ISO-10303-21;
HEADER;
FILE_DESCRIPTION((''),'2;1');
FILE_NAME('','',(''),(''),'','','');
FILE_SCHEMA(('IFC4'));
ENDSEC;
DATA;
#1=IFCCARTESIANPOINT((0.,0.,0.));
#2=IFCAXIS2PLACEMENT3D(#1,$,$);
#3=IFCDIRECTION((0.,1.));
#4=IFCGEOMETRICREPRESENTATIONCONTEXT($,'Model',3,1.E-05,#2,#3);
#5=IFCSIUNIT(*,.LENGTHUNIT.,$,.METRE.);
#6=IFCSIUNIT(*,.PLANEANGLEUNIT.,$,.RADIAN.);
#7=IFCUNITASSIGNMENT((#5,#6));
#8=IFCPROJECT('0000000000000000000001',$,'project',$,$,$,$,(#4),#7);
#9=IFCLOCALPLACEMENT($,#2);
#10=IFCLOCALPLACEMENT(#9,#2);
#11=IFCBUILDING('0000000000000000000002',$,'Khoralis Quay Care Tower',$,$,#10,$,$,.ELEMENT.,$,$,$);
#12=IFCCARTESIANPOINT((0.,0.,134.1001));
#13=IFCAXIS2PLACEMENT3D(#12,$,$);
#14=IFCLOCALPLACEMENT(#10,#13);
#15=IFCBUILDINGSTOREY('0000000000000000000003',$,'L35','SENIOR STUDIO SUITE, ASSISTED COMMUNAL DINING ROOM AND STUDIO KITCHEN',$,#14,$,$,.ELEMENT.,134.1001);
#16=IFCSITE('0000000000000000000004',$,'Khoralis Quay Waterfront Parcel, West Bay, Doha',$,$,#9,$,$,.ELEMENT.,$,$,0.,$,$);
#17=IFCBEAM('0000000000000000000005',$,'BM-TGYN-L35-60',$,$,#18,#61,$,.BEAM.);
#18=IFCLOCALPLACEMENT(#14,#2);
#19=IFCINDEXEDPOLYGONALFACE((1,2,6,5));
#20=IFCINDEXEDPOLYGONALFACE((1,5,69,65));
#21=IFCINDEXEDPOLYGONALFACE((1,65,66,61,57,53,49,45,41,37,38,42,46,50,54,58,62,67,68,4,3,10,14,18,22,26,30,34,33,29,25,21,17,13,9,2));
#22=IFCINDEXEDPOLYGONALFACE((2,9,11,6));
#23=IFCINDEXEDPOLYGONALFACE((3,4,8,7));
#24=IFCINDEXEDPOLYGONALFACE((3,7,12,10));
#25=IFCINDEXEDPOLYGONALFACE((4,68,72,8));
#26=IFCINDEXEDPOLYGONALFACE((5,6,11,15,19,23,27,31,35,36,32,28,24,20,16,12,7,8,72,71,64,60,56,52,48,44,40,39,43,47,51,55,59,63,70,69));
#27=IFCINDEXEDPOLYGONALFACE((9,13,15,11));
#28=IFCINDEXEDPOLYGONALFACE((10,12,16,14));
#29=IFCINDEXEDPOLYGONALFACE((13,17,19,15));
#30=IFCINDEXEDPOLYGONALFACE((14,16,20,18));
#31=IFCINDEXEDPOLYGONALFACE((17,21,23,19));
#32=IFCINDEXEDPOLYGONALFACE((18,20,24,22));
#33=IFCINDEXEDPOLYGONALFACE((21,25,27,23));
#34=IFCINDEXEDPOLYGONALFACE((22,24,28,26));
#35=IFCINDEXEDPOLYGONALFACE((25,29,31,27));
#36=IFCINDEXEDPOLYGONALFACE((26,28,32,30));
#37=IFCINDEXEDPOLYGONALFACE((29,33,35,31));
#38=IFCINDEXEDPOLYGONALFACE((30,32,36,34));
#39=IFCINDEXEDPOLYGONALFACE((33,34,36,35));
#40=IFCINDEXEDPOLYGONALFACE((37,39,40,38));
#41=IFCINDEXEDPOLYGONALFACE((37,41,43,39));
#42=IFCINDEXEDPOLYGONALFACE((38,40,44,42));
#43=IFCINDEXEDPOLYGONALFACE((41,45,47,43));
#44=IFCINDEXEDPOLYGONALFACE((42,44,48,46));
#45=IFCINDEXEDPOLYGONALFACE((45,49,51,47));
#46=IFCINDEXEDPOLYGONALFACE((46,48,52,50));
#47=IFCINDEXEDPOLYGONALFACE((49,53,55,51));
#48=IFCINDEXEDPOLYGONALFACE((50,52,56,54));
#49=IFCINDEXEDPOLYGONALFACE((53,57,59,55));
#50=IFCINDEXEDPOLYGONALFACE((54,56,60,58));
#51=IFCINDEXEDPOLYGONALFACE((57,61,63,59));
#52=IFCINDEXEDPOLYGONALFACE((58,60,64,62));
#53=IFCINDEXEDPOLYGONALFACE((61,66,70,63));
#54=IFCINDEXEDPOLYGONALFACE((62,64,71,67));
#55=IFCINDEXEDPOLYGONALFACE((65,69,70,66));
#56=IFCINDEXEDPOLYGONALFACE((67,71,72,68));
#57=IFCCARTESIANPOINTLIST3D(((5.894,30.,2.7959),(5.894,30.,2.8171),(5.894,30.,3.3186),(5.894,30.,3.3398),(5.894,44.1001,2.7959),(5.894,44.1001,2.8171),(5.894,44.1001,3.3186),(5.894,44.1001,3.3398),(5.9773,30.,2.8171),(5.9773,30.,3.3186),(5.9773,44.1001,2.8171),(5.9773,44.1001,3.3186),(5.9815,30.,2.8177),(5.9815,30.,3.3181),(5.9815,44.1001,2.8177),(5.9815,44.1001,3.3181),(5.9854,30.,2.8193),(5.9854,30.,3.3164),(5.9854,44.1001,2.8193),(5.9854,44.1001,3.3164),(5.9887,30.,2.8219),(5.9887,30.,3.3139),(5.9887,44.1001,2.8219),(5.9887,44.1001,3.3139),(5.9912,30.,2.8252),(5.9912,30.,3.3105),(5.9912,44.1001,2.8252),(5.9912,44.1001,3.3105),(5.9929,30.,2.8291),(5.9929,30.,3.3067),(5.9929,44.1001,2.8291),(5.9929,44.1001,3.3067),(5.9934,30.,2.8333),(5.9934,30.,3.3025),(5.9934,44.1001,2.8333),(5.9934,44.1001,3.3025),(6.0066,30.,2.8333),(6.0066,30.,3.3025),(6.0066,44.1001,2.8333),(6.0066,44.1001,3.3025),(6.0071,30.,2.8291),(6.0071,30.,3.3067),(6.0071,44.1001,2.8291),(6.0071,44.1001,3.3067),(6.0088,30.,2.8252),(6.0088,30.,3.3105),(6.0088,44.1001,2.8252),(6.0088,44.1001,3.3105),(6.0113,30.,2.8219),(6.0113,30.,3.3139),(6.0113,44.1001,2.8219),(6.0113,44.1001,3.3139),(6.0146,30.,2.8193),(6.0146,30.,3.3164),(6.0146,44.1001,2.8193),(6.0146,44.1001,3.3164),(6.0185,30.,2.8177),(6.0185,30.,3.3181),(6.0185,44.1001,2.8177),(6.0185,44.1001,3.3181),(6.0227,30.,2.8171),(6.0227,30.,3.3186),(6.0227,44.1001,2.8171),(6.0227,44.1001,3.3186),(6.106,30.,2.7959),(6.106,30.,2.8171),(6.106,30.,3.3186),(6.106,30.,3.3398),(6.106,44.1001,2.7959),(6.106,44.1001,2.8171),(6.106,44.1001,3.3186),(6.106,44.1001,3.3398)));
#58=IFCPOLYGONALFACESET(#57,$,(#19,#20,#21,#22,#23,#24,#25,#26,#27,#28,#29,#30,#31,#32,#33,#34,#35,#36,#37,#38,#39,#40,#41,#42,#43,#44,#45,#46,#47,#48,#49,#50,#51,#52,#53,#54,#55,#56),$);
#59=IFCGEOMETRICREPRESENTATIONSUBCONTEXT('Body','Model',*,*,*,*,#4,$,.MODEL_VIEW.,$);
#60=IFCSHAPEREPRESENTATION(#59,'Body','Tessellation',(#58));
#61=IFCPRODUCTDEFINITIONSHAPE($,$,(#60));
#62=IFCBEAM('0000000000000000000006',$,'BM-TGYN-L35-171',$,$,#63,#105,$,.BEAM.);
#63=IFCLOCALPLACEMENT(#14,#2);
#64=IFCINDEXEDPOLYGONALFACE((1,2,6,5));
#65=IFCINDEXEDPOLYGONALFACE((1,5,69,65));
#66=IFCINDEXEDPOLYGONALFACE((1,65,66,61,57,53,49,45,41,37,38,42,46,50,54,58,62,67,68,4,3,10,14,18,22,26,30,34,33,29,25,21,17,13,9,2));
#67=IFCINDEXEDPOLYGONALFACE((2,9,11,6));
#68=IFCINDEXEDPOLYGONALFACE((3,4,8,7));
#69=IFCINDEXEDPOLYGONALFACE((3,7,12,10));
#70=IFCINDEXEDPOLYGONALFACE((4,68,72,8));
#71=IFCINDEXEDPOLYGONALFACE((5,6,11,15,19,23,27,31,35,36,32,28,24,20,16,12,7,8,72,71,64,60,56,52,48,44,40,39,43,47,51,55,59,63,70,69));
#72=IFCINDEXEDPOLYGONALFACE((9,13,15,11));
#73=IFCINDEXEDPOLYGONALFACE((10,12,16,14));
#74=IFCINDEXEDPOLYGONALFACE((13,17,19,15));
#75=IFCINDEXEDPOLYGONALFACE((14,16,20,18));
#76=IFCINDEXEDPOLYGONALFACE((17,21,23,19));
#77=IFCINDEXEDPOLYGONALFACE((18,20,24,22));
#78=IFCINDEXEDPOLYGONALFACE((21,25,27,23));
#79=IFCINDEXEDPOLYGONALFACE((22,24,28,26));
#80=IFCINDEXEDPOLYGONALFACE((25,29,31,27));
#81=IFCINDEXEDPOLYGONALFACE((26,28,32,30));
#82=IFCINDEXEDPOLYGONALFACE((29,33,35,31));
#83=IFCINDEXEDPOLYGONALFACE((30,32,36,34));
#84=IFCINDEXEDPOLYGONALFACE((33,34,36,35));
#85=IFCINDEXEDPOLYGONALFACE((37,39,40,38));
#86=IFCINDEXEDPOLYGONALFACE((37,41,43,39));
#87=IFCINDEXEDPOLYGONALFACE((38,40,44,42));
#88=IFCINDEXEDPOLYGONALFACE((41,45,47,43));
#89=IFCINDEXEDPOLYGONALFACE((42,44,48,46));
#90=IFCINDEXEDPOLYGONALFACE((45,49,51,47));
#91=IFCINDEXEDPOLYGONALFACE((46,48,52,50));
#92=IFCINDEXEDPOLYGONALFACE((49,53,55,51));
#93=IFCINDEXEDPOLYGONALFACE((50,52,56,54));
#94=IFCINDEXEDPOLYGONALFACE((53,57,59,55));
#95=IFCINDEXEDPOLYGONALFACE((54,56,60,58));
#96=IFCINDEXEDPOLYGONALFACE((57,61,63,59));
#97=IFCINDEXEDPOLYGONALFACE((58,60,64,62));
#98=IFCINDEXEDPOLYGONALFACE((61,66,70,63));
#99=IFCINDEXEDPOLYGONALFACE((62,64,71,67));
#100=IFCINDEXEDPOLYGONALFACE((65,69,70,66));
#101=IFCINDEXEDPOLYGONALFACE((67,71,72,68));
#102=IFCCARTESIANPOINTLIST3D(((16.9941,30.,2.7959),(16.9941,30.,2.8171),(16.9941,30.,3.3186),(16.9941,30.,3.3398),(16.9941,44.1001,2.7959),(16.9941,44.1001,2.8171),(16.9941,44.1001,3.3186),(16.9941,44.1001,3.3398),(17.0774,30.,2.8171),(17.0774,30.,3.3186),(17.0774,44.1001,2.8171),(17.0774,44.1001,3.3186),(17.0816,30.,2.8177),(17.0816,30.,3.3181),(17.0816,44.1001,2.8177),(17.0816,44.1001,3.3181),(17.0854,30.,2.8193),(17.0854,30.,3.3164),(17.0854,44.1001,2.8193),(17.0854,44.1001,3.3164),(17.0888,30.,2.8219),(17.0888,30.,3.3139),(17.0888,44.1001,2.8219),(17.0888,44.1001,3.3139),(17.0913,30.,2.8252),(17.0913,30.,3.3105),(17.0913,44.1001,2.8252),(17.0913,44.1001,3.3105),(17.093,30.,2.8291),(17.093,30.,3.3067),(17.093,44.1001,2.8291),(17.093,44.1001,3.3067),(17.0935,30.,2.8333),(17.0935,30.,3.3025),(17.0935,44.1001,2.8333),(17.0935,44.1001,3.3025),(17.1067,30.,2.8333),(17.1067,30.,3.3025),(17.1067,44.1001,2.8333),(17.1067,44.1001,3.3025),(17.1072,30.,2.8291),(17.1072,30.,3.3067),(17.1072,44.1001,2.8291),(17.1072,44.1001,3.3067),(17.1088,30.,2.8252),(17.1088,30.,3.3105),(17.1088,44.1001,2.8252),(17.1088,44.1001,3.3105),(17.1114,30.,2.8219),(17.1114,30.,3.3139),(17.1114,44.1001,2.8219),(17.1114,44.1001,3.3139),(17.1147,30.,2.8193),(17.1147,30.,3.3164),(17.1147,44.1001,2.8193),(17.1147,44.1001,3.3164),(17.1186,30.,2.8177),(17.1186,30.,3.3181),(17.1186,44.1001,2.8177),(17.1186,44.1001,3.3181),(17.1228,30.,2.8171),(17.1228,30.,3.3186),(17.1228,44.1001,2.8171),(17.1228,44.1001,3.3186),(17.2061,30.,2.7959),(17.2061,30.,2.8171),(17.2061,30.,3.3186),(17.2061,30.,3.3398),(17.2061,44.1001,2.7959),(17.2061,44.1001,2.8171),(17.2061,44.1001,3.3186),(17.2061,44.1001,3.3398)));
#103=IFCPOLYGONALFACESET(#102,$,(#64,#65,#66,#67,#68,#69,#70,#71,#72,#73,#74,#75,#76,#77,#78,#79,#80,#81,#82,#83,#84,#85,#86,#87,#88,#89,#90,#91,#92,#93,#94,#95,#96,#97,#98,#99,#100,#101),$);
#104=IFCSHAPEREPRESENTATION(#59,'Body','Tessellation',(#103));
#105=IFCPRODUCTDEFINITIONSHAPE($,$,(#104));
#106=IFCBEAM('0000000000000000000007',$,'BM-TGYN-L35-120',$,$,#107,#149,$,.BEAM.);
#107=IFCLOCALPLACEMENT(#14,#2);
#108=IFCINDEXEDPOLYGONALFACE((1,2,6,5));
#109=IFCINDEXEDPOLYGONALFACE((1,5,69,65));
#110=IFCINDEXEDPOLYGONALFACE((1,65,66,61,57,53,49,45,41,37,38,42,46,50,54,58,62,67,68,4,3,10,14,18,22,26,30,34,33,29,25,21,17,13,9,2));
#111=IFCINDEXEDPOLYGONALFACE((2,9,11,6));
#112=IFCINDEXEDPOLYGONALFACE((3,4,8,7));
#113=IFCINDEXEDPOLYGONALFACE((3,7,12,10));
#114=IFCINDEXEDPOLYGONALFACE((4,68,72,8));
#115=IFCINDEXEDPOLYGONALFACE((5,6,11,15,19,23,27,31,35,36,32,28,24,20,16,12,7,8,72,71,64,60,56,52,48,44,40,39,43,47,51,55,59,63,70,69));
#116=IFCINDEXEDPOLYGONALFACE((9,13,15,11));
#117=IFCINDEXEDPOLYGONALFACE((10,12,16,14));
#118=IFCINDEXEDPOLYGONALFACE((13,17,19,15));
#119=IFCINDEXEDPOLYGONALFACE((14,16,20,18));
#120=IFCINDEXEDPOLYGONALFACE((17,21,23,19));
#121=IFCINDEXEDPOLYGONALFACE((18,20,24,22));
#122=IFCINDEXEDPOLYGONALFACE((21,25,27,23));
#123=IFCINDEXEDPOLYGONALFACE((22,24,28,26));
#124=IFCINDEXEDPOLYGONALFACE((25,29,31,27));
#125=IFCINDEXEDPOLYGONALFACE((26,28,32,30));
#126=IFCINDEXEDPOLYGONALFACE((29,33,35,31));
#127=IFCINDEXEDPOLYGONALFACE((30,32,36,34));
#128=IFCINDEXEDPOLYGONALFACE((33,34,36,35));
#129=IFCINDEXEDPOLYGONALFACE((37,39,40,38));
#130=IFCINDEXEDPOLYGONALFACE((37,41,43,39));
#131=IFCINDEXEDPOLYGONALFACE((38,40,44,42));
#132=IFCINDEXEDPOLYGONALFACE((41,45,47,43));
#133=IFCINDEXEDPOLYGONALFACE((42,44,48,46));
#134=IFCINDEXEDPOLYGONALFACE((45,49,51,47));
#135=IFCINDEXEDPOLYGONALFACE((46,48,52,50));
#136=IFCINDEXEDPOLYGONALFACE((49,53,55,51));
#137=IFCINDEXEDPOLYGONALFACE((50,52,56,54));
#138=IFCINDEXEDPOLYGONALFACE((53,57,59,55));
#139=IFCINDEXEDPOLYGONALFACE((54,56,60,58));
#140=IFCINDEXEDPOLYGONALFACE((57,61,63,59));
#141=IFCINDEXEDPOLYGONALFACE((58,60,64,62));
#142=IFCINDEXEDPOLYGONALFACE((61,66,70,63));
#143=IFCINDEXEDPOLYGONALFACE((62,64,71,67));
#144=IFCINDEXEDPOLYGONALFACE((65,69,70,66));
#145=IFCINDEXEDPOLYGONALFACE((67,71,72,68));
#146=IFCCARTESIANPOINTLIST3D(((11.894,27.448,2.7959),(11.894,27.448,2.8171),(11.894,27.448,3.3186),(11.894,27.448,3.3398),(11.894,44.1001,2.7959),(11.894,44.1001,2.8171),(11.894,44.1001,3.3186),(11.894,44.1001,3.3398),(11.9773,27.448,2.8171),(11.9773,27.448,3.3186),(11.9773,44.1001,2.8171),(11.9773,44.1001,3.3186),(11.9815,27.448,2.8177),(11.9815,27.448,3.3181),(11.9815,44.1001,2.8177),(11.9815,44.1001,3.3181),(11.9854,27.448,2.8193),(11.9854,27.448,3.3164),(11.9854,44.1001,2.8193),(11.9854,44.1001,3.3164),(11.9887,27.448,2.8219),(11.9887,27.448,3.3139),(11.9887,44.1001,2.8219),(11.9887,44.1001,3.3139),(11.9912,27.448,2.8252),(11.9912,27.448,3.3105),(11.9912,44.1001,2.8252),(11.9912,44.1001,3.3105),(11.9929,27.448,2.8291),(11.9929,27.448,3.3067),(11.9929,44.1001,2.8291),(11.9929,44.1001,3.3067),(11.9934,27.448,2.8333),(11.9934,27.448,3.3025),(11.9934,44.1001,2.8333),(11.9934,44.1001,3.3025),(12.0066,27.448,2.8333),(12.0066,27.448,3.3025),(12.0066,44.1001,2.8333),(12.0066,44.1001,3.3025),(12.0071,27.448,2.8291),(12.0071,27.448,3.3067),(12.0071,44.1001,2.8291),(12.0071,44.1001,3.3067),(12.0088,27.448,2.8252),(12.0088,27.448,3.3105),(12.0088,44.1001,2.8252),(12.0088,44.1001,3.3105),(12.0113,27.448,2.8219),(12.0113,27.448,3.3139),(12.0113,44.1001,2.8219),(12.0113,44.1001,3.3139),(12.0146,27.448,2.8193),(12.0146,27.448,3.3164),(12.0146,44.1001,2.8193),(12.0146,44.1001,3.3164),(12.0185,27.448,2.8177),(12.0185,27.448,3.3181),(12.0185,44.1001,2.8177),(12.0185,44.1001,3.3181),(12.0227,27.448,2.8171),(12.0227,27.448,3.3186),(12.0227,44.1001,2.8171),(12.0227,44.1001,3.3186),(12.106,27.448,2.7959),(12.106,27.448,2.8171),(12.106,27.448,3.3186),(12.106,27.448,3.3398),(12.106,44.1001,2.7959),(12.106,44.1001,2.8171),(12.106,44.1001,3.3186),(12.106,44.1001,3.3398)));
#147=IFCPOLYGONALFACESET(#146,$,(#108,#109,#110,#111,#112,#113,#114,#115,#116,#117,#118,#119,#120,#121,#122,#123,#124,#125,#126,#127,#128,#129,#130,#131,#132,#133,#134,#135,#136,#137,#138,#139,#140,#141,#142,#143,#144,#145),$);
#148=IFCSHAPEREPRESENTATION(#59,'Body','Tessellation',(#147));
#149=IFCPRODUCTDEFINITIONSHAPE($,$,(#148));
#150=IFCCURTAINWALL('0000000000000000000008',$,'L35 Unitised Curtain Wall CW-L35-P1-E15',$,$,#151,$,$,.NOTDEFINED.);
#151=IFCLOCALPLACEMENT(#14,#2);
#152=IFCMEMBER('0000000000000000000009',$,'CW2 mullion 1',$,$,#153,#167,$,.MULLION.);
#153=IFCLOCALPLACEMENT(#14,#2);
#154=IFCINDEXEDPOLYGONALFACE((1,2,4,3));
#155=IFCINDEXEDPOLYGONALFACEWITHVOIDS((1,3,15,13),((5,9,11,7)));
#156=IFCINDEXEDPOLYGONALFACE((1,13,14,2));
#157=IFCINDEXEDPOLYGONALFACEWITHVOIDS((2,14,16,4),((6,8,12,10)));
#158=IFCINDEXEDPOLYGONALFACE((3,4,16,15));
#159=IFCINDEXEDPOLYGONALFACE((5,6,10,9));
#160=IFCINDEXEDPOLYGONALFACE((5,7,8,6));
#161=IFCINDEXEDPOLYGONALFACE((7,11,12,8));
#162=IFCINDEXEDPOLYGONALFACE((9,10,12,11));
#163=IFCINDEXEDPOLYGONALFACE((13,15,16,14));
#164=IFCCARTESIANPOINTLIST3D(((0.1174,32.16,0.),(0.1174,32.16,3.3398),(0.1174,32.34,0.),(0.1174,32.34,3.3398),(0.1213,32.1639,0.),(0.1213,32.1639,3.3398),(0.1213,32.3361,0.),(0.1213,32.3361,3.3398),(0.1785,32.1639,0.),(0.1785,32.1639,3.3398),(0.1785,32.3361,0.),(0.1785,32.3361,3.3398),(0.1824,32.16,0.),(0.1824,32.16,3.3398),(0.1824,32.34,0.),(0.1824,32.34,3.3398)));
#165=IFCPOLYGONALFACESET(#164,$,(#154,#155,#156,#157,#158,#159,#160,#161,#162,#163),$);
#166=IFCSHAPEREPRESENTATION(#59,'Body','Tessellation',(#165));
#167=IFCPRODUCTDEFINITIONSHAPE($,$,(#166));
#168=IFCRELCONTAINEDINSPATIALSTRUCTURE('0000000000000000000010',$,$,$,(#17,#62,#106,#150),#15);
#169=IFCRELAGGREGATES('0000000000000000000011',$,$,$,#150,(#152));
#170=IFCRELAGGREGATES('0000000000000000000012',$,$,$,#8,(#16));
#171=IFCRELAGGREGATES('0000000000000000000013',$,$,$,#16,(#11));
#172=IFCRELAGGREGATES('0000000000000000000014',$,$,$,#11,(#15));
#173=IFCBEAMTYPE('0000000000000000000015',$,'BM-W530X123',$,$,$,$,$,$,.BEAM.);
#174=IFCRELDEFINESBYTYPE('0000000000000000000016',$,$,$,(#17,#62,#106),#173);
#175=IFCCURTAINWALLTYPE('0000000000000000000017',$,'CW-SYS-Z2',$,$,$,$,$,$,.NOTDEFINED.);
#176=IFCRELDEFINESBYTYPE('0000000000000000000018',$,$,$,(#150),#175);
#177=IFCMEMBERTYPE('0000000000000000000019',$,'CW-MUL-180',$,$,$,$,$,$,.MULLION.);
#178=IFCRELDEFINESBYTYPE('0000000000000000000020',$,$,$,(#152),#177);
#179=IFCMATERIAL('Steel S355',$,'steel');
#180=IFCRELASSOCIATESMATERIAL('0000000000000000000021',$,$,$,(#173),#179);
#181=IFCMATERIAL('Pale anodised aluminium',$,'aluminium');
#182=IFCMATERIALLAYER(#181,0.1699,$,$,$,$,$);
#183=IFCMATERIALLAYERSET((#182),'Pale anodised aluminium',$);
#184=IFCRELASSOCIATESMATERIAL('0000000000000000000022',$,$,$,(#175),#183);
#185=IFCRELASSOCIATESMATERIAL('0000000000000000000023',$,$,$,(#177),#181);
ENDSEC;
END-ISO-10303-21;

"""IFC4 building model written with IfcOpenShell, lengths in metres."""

from ifc_helpers import new_model, si_unit, direction, frame, origin, origin_2d, place, context, subcontext, project, spatial, hollow_rectangle, i_section, extrude, source, transform, mapped, material, layer, layer_set, material_profile, profile_set, type_object, element, aggregate, save


model = new_model("IFC4")

# Units and contexts
model_context = context("Model", 3, precision=1e-05, world=origin(), true_north=direction((0.0, 1.0)))
body_context = subcontext(model_context, "Body", "Model", "MODEL_VIEW")
ifc_project = project(units=[si_unit("LENGTHUNIT", "METRE"), si_unit("PLANEANGLEUNIT", "RADIAN")], contexts=[model_context])

# Site, building, storey
site_placement = place(None, origin())
site = spatial("IfcSite", under=ifc_project, at=site_placement, Name="Khoralis Quay Waterfront Parcel, West Bay, Doha", CompositionType="ELEMENT", RefElevation=0.0)
building_placement = place(site_placement, origin())
building = spatial("IfcBuilding", under=site, at=building_placement, Name="Khoralis Quay Care Tower", CompositionType="ELEMENT")
storey_placement = place(building_placement, frame((0.0, 0.0, 134.1001)))
storey = spatial("IfcBuildingStorey", under=building, at=storey_placement, Name="L35", Description="SENIOR STUDIO SUITE, ASSISTED COMMUNAL DINING ROOM AND STUDIO KITCHEN", CompositionType="ELEMENT", Elevation=134.1001)

# Beams
ifc_material_1 = material(Name="Steel S355", Category="steel")
ifc_material_profile_1 = material_profile(ifc_material_1, i_section(OverallWidth=0.2119, OverallDepth=0.5439, WebThickness=0.0132, FlangeThickness=0.0212, FilletRadius=0.0161, at=origin_2d()), Name="Steel S355")
ifc_profile_set_1 = profile_set([ifc_material_profile_1], Name="Steel S355")
beam_type_1 = type_object("IfcBeamType", Name="BM-W530X123", PredefinedType="BEAM", material=ifc_profile_set_1)
shared_shape_1 = source(origin(), body_context, "Body", "SweptSolid", [
    extrude(i_section(OverallWidth=0.2119, OverallDepth=0.5439, WebThickness=0.0132, FlangeThickness=0.0212, FilletRadius=0.0161, at=origin_2d()), origin(), (0.0, 0.0, 1.0), 14.1001),
])
for number, where, z_axis, x_axis, name in (
    (1, (6.0, 30.0, 3.0679), (0.0, 1.0, 0.0), (-1.0, 0.0, 0.0), "BM-TGYN-L35-60"),
    (2, (17.1001, 30.0, 3.0679), (0.0, 1.0, 0.0), (-1.0, 0.0, 0.0), "BM-TGYN-L35-171"),
):
    element("IfcBeam", number, at=place(storey_placement, frame(where, z_axis=z_axis, x_axis=x_axis)), inside=storey, type_object=beam_type_1, Name=name, PredefinedType="BEAM", context=body_context, shape_type="MappedRepresentation", body=[
        mapped(shared_shape_1, transform((0.0, 0.0, 0.0), scale=1.0)),
    ])
shared_shape_2 = source(origin(), body_context, "Body", "SweptSolid", [
    extrude(i_section(OverallWidth=0.2119, OverallDepth=0.5439, WebThickness=0.0132, FlangeThickness=0.0212, FilletRadius=0.0161, at=origin_2d()), origin(), (0.0, 0.0, 1.0), 16.6521),
])
beam_1_placement = place(storey_placement, frame((12.0, 27.448, 3.0679), z_axis=(0.0, 1.0, 0.0), x_axis=(-1.0, 0.0, 0.0)))
element("IfcBeam", 3, at=beam_1_placement, inside=storey, type_object=beam_type_1, Name="BM-TGYN-L35-120", PredefinedType="BEAM", context=body_context, shape_type="MappedRepresentation", body=[
    mapped(shared_shape_2, transform((0.0, 0.0, 0.0), scale=1.0)),
])

# Curtain wall, member
ifc_material_2 = material(Name="Pale anodised aluminium", Category="aluminium")
ifc_layer_1 = layer(ifc_material_2, 0.1699)
ifc_layer_set_1 = layer_set([ifc_layer_1], Name="Pale anodised aluminium")
curtain_wall_type = type_object("IfcCurtainWallType", Name="CW-SYS-Z2", PredefinedType="NOTDEFINED", material=ifc_layer_set_1)
curtain_wall_placement = place(storey_placement, origin())
curtain_wall = element("IfcCurtainWall", 4, at=curtain_wall_placement, inside=storey, type_object=curtain_wall_type, Name="L35 Unitised Curtain Wall CW-L35-P1-E15", PredefinedType="NOTDEFINED")
ifc_material_profile_2 = material_profile(ifc_material_2, hollow_rectangle(XDim=0.0649, YDim=0.1799, WallThickness=0.0039, at=origin_2d()), Name="Pale anodised aluminium")
ifc_profile_set_2 = profile_set([ifc_material_profile_2], Name="Pale anodised aluminium")
member_type = type_object("IfcMemberType", Name="CW-MUL-180", PredefinedType="MULLION", material=ifc_profile_set_2)
shared_shape_3 = source(origin(), body_context, "Body", "SweptSolid", [
    extrude(hollow_rectangle(XDim=0.0649, YDim=0.1799, WallThickness=0.0039, at=origin_2d()), origin(), (0.0, 0.0, 1.0), 3.3398),
])
member_placement = place(storey_placement, frame((0.1499, 32.25, 0.0), z_axis=(0.0, 0.0, 1.0), x_axis=(1.0, 0.0, 0.0)))
member = element("IfcMember", 5, at=member_placement, type_object=member_type, Name="CW2 mullion 1", PredefinedType="MULLION", context=body_context, shape_type="MappedRepresentation", body=[
    mapped(shared_shape_3, transform((0.0, 0.0, 0.0), scale=1.0)),
])
aggregate(curtain_wall, [member])

save(model, "model.ifc")
